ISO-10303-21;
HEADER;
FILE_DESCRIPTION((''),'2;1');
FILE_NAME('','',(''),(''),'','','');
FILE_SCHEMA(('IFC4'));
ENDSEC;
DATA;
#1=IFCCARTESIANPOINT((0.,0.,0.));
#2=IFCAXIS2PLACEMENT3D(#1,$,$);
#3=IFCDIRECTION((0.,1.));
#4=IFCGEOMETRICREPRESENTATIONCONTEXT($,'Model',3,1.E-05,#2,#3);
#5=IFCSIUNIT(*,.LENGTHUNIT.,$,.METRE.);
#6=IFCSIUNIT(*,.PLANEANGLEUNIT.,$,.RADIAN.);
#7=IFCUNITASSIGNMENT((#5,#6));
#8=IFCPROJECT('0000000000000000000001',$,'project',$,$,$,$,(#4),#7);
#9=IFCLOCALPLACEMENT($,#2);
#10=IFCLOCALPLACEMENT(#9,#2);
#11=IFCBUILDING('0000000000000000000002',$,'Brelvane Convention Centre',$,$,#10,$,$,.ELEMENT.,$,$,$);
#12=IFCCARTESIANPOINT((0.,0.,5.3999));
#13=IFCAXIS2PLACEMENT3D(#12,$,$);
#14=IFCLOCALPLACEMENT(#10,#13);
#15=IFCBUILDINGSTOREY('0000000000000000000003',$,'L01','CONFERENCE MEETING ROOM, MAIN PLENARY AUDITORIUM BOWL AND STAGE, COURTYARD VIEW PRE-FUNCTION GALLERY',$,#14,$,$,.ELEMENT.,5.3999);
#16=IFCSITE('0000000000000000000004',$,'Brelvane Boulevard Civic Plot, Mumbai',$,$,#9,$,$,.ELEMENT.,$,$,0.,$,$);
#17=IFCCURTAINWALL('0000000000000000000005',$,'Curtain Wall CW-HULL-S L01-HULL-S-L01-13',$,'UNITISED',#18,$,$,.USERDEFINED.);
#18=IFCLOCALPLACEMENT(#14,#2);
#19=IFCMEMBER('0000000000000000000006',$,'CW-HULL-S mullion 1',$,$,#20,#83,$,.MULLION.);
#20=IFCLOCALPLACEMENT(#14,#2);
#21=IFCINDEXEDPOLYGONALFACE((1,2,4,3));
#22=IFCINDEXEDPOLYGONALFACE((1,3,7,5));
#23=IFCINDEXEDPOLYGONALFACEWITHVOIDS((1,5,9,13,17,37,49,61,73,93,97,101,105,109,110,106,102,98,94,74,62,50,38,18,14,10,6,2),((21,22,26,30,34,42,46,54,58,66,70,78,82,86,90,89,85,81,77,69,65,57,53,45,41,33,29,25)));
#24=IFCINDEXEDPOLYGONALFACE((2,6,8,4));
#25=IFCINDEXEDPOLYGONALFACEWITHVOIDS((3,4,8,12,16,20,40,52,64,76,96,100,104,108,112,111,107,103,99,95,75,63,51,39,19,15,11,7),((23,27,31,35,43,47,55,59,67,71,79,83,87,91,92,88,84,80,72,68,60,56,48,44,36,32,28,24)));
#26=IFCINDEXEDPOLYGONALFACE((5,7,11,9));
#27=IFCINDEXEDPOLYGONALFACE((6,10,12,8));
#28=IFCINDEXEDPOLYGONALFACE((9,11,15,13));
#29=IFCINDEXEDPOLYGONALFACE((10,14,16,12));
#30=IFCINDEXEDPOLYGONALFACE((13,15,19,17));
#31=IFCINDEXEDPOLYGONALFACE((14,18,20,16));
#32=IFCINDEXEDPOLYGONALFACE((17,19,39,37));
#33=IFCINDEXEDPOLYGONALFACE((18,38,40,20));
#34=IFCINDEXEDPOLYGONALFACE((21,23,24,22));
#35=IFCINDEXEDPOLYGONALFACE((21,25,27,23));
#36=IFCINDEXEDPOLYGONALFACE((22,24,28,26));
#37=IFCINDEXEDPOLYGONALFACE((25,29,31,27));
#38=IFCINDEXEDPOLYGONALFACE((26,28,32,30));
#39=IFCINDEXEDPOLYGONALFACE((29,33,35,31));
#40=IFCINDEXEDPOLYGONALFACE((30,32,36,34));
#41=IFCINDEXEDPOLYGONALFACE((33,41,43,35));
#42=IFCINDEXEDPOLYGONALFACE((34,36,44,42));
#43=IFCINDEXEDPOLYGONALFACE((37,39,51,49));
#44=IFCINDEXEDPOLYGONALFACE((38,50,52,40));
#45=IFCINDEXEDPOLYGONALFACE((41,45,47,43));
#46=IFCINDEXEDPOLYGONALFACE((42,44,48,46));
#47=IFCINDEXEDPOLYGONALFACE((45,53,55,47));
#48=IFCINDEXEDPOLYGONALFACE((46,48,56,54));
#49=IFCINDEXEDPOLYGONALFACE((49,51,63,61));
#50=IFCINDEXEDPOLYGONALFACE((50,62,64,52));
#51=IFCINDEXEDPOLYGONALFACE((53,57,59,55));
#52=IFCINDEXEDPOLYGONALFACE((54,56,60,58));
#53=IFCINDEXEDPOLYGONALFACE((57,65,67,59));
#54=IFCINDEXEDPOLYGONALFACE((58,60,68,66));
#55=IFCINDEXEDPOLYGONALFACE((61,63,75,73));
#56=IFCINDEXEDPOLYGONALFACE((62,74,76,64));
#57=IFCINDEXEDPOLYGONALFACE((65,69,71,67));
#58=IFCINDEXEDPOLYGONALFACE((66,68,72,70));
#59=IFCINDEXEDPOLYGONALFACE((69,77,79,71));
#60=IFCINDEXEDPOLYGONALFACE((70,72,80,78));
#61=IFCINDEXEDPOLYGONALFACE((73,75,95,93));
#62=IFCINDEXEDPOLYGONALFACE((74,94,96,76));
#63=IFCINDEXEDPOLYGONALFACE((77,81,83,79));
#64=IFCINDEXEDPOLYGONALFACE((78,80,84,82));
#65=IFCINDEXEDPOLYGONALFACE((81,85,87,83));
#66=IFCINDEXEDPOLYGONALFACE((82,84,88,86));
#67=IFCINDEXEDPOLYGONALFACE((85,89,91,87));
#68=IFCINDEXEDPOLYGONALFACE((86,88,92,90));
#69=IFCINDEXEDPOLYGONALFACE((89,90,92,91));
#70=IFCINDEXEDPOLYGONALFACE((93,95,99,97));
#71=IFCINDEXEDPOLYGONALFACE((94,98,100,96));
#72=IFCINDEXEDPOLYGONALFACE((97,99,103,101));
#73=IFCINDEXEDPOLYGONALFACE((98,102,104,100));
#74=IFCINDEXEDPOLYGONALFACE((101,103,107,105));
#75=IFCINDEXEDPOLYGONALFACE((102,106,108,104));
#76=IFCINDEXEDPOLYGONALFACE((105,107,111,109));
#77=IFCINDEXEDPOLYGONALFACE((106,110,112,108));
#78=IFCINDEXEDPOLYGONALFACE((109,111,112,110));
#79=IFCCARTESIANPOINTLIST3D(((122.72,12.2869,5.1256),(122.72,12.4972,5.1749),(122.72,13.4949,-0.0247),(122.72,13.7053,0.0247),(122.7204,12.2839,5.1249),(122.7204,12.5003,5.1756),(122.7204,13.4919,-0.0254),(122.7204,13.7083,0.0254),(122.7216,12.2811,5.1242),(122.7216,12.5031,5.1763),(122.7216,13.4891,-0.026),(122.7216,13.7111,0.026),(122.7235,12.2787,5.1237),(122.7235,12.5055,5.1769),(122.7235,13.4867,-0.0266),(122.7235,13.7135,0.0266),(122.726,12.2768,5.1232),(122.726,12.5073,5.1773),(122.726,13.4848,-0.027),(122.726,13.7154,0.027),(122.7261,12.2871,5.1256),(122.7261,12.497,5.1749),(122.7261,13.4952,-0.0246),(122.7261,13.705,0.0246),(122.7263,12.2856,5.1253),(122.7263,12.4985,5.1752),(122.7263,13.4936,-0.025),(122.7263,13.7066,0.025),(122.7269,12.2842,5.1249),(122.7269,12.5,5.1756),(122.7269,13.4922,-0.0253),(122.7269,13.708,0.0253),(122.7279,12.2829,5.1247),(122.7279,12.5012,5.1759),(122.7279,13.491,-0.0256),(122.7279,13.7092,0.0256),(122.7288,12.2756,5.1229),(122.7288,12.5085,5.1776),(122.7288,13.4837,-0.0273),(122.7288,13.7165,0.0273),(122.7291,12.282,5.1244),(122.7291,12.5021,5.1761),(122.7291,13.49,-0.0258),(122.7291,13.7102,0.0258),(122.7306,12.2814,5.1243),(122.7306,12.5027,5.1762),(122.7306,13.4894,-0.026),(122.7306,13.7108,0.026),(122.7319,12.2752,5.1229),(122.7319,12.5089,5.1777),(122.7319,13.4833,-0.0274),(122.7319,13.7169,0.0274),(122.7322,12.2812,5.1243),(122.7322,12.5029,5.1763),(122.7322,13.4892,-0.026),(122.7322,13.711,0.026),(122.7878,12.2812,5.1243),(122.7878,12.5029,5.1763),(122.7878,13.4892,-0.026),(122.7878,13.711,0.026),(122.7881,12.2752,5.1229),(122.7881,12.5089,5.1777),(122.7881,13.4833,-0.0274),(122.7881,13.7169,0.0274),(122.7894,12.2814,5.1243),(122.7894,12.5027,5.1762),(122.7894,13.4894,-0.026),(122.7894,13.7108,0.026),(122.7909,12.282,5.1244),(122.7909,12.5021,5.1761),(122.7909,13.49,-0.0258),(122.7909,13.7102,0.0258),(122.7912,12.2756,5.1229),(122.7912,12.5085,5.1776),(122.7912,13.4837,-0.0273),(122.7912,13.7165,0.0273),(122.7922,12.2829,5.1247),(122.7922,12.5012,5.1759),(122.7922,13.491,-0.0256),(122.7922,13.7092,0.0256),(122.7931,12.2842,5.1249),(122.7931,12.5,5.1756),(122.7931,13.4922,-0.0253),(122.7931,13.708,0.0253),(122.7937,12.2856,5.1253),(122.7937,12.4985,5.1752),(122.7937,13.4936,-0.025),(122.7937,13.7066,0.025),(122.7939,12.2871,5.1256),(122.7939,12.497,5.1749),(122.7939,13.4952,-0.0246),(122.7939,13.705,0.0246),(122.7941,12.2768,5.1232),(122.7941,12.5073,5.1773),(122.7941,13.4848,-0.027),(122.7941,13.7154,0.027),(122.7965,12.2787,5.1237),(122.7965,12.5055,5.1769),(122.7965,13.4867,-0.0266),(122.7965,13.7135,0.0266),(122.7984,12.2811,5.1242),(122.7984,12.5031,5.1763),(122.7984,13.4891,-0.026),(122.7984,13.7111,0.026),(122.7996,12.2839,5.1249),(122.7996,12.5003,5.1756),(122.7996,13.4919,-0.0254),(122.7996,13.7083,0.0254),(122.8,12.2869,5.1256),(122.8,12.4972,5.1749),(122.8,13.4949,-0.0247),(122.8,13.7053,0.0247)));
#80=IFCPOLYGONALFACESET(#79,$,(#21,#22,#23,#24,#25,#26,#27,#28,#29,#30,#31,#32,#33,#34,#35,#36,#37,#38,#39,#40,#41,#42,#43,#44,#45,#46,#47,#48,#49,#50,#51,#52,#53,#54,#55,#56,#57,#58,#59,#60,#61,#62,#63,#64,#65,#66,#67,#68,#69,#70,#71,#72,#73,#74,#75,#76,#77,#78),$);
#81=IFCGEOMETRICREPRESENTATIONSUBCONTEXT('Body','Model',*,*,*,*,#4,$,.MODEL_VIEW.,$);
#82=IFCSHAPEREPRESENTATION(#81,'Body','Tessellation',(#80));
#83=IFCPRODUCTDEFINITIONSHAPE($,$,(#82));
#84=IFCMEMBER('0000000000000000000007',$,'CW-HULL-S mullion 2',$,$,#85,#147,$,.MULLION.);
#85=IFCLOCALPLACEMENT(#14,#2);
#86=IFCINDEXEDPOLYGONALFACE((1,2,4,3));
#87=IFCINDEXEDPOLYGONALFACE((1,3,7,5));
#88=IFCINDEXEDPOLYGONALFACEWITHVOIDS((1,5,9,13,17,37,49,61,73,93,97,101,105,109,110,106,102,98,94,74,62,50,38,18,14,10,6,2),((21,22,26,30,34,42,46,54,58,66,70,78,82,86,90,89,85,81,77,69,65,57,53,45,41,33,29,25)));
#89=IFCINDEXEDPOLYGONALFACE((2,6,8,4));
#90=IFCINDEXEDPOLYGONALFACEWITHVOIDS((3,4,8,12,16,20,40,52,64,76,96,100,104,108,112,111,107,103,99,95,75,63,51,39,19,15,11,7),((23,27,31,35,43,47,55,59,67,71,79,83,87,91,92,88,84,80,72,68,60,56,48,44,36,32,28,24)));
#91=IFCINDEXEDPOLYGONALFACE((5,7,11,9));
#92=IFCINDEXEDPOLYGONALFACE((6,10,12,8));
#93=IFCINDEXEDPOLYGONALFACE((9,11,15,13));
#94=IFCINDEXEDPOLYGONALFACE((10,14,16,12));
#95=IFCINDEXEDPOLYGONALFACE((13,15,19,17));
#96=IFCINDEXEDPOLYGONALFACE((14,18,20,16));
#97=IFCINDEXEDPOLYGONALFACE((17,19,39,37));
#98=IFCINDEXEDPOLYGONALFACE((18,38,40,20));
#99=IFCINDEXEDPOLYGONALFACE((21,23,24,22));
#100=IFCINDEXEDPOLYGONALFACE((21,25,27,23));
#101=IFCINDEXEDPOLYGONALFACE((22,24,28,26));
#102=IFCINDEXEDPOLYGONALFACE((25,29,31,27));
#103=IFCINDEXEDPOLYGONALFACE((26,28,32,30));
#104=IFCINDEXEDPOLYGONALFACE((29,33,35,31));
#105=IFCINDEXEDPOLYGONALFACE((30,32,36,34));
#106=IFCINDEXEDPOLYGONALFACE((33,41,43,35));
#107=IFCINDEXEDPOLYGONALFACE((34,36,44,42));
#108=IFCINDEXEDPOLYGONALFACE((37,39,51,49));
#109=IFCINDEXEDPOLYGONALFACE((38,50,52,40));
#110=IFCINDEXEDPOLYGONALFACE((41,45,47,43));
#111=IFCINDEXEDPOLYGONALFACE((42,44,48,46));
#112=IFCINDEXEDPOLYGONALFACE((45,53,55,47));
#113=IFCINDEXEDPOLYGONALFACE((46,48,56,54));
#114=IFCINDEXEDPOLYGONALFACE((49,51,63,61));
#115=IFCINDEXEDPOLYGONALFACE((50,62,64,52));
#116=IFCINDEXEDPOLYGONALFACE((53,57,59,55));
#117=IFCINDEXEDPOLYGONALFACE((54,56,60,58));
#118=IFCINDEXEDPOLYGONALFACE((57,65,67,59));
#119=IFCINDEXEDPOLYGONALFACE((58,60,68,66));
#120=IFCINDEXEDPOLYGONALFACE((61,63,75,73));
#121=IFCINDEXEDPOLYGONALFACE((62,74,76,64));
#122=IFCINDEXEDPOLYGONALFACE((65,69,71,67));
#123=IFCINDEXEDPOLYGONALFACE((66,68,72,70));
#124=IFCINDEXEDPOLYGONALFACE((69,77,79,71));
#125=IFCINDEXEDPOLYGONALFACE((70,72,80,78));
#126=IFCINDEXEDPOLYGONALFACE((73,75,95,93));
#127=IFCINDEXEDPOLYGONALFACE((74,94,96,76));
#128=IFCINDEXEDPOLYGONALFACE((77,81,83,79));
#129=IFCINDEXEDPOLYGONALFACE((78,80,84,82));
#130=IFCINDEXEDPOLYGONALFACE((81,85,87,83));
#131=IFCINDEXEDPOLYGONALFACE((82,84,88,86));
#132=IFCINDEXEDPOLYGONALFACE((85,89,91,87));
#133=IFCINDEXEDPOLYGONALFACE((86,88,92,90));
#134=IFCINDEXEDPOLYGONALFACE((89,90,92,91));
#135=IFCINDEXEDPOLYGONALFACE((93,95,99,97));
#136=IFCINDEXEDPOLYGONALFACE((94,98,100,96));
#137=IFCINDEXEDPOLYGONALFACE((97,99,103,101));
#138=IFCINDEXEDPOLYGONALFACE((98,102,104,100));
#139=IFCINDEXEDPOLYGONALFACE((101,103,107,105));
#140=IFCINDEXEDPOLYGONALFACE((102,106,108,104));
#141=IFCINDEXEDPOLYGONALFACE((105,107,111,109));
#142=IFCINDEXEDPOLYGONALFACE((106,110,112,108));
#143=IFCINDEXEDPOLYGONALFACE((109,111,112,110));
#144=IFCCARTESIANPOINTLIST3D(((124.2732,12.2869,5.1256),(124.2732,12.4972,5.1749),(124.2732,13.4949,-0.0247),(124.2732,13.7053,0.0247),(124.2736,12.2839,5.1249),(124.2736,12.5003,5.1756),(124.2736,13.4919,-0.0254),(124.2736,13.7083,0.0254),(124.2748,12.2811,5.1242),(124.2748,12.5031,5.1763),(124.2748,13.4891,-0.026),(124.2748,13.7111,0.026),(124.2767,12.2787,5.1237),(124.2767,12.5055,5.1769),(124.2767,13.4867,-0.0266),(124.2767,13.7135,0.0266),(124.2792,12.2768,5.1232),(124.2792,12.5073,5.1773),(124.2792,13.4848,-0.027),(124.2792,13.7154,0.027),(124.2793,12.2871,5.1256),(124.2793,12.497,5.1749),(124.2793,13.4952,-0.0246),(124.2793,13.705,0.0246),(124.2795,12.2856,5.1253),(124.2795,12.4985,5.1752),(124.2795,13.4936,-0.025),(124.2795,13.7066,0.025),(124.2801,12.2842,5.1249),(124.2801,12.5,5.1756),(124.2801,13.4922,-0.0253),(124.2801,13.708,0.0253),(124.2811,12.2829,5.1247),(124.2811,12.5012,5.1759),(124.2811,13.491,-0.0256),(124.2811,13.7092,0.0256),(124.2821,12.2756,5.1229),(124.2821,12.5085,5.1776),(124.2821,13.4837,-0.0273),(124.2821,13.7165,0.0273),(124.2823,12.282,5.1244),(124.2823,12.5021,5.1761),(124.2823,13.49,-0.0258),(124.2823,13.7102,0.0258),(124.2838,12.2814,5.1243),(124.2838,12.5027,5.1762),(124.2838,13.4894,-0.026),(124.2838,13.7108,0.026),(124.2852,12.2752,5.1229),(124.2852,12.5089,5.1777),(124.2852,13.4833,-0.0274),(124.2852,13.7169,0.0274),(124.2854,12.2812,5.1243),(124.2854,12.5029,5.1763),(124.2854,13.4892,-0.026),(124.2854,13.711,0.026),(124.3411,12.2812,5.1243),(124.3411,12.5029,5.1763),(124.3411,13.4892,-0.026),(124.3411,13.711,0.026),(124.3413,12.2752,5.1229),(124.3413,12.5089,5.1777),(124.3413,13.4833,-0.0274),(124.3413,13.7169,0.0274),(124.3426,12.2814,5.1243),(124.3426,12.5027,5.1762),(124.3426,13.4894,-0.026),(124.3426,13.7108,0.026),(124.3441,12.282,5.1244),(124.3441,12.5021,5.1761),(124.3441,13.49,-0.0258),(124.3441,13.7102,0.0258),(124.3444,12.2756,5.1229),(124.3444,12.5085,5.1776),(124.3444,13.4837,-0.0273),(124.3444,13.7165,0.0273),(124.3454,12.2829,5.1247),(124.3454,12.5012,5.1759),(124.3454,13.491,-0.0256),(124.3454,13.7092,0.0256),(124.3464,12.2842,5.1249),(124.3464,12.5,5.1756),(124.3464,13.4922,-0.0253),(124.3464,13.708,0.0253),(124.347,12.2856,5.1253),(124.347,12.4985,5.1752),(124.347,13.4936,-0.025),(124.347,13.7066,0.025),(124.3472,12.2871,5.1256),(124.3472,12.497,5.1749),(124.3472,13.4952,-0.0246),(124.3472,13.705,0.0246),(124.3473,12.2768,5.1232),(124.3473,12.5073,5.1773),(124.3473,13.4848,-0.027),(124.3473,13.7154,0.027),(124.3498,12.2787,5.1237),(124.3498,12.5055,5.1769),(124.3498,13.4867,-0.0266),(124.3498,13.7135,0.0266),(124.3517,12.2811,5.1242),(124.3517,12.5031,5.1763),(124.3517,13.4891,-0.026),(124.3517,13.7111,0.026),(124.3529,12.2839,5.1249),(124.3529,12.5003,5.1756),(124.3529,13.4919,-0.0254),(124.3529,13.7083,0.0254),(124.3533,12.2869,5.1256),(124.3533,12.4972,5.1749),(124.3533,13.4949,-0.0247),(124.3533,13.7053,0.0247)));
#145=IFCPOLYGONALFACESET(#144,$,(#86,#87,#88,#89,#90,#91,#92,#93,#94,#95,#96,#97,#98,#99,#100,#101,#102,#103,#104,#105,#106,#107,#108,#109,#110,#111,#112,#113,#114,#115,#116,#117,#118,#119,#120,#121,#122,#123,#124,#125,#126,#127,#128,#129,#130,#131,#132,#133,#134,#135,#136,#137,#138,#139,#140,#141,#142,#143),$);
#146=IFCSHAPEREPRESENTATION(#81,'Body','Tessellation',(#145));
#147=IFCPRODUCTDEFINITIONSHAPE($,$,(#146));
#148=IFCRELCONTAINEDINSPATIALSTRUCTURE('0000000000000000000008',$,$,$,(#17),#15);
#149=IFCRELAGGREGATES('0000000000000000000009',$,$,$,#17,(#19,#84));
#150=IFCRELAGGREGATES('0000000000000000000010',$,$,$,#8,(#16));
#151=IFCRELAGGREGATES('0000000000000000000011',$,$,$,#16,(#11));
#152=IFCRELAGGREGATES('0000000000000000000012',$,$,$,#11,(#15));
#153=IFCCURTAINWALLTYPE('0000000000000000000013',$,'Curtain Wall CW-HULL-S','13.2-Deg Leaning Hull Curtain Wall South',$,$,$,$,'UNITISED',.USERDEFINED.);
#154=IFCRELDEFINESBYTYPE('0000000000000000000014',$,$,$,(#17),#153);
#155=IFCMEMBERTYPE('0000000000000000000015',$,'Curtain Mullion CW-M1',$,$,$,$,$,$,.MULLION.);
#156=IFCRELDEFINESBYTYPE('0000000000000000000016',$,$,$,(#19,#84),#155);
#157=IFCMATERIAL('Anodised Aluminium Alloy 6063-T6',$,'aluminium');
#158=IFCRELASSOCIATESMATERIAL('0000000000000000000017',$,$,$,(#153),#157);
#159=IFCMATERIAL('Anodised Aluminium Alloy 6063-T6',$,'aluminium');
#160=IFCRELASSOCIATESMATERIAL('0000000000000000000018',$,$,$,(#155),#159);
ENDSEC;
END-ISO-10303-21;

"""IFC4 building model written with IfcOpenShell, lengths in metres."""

from ifc_helpers import new_model, si_unit, direction, frame, origin, origin_2d, place, context, subcontext, project, spatial, hollow_rectangle, extrude, material, material_profile, profile_set, type_object, element, aggregate, save


model = new_model("IFC4")

# Units and contexts
model_context = context("Model", 3, precision=1e-05, world=origin(), true_north=direction((0.0, 1.0)))
body_context = subcontext(model_context, "Body", "Model", "MODEL_VIEW")
ifc_project = project(units=[si_unit("LENGTHUNIT", "METRE"), si_unit("PLANEANGLEUNIT", "RADIAN")], contexts=[model_context])

# Site, building, storey
site_placement = place(None, origin())
site = spatial("IfcSite", under=ifc_project, at=site_placement, Name="Brelvane Boulevard Civic Plot, Mumbai", CompositionType="ELEMENT", RefElevation=0.0)
building_placement = place(site_placement, origin())
building = spatial("IfcBuilding", under=site, at=building_placement, Name="Brelvane Convention Centre", CompositionType="ELEMENT")
storey_placement = place(building_placement, frame((0.0, 0.0, 5.3999)))
storey = spatial("IfcBuildingStorey", under=building, at=storey_placement, Name="L01", Description="CONFERENCE MEETING ROOM, MAIN PLENARY AUDITORIUM BOWL AND STAGE, COURTYARD VIEW PRE-FUNCTION GALLERY", CompositionType="ELEMENT", Elevation=5.3999)

# Shared definitions
ifc_material_1 = material(Name="Anodised Aluminium Alloy 6063-T6", Category="aluminium")
curtain_wall_type = type_object("IfcCurtainWallType", Name="Curtain Wall CW-HULL-S", Description="13.2-Deg Leaning Hull Curtain Wall South", ElementType="UNITISED", PredefinedType="USERDEFINED", material=ifc_material_1)
ifc_material_2 = material(Name="Anodised Aluminium Alloy 6063-T6", Category="aluminium")
ifc_material_profile_1 = material_profile(ifc_material_2, hollow_rectangle(XDim=0.0801, YDim=0.24, WallThickness=0.0061, InnerFilletRadius=0.0061, OuterFilletRadius=0.012, at=origin_2d()), Name="ALU-M 240x80x6.0")
ifc_profile_set_1 = profile_set([ifc_material_profile_1], Name="Anodised Aluminium Alloy 6063-T6")
member_type_1 = type_object("IfcMemberType", Name="Curtain Mullion CW-M1", PredefinedType="MULLION", material=ifc_profile_set_1)

# Curtain wall, members
curtain_wall_1_placement = place(storey_placement, origin())
curtain_wall_1 = element("IfcCurtainWall", 1, at=curtain_wall_1_placement, inside=storey, type_object=curtain_wall_type, Name="Curtain Wall CW-HULL-S L01-HULL-S-L01-13", ObjectType="UNITISED", PredefinedType="USERDEFINED")
member_1_placement = place(storey_placement, frame((122.76, 13.6001, 0.0), z_axis=(0.0, -0.22836, 0.973577), x_axis=(1.0, 0.0, 0.0)))
member_1 = element("IfcMember", 2, at=member_1_placement, type_object=member_type_1, Name="CW-HULL-S mullion 1", PredefinedType="MULLION", context=body_context, shape_type="SweptSolid", body=[
    extrude(hollow_rectangle(XDim=0.0801, YDim=0.24, WallThickness=0.0061, InnerFilletRadius=0.0061, OuterFilletRadius=0.012, at=origin_2d()), origin(), (0.0, 0.0, 1.0), 5.29),
])
member_2_placement = place(storey_placement, frame((124.3132, 13.6001, 0.0), z_axis=(0.0, -0.22836, 0.973577), x_axis=(1.0, 0.0, 0.0)))
member_2 = element("IfcMember", 3, at=member_2_placement, type_object=member_type_1, Name="CW-HULL-S mullion 2", PredefinedType="MULLION", context=body_context, shape_type="SweptSolid", body=[
    extrude(hollow_rectangle(XDim=0.0801, YDim=0.24, WallThickness=0.0061, InnerFilletRadius=0.0061, OuterFilletRadius=0.012, at=origin_2d()), origin(), (0.0, 0.0, 1.0), 5.29),
])

aggregate(curtain_wall_1, [member_1, member_2])

save(model, "model.ifc")
